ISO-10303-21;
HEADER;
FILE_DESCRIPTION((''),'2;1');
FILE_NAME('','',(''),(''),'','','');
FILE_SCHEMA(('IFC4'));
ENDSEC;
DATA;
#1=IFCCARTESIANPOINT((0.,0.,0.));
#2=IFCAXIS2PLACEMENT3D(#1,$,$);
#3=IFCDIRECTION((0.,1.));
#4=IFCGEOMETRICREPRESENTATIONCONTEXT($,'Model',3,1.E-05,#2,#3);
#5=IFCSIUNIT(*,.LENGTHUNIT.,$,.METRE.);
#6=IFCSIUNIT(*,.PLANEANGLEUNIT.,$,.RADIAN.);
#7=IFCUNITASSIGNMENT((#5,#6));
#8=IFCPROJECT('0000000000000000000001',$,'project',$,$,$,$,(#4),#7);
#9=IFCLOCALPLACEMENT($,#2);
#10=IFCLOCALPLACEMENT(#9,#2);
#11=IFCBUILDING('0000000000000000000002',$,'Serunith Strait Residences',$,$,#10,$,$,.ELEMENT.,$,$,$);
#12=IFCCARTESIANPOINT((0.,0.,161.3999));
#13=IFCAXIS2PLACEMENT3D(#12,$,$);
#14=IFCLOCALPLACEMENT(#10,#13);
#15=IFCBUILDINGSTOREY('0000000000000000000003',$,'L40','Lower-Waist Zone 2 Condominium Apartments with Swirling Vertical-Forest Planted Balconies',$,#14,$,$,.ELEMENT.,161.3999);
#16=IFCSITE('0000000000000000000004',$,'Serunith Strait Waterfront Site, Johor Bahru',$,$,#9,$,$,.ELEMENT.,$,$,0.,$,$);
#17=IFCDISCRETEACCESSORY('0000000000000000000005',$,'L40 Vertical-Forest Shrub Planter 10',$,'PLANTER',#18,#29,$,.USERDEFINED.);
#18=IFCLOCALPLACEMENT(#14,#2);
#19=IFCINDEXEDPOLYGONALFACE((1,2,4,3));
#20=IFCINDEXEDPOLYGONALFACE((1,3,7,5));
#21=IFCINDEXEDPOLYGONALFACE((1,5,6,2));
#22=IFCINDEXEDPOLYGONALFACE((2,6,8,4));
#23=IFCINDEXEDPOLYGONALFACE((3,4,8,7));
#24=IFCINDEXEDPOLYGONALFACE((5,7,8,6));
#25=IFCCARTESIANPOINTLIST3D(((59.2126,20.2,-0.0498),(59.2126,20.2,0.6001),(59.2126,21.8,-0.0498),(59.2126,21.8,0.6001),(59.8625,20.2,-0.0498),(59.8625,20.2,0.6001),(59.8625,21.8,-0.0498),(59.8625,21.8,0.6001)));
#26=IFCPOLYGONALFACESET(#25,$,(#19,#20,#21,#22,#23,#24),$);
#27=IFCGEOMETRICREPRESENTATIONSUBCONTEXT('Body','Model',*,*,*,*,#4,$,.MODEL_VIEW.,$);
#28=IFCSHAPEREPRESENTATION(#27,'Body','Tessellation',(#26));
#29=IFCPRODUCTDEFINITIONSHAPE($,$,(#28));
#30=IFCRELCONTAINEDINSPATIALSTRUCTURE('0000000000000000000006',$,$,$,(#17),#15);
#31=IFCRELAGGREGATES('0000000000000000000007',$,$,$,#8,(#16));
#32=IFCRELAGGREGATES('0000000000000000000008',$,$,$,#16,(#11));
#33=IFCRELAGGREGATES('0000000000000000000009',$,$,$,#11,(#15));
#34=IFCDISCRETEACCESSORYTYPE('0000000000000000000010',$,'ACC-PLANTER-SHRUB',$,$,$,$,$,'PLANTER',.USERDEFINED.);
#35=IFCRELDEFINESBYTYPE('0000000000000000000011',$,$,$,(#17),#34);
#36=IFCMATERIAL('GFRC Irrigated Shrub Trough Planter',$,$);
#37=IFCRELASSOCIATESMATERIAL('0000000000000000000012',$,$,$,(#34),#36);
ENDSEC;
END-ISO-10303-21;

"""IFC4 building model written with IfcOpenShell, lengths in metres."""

from ifc_helpers import new_model, si_unit, direction, frame, origin, origin_2d, place, context, subcontext, project, spatial, rectangle, extrude, source, transform, mapped, material, type_object, element, save


model = new_model("IFC4")

# Units and contexts
model_context = context("Model", 3, precision=1e-05, world=origin(), true_north=direction((0.0, 1.0)))
body_context = subcontext(model_context, "Body", "Model", "MODEL_VIEW")
ifc_project = project(units=[si_unit("LENGTHUNIT", "METRE"), si_unit("PLANEANGLEUNIT", "RADIAN")], contexts=[model_context])

# Site, building, storey
site_placement = place(None, origin())
site = spatial("IfcSite", under=ifc_project, at=site_placement, Name="Serunith Strait Waterfront Site, Johor Bahru", CompositionType="ELEMENT", RefElevation=0.0)
building_placement = place(site_placement, origin())
building = spatial("IfcBuilding", under=site, at=building_placement, Name="Serunith Strait Residences", CompositionType="ELEMENT")
storey_placement = place(building_placement, frame((0.0, 0.0, 161.3999)))
storey = spatial("IfcBuildingStorey", under=building, at=storey_placement, Name="L40", Description="Lower-Waist Zone 2 Condominium Apartments with Swirling Vertical-Forest Planted Balconies", CompositionType="ELEMENT", Elevation=161.3999)

# Discrete accessory
ifc_material_1 = material(Name="GFRC Irrigated Shrub Trough Planter")
discrete_accessory_type = type_object("IfcDiscreteAccessoryType", Name="ACC-PLANTER-SHRUB", ElementType="PLANTER", PredefinedType="USERDEFINED", material=ifc_material_1)
shared_shape_1 = source(origin(), body_context, "Body", "SweptSolid", [
    extrude(rectangle(XDim=1.6001, YDim=0.6499, at=origin_2d()), origin(), (0.0, 0.0, 1.0), 0.6499),
])
discrete_accessory_placement = place(storey_placement, frame((59.5376, 21.0, -0.0498), z_axis=(0.0, 0.0, 1.0), x_axis=(0.0, 1.0, 0.0)))
element("IfcDiscreteAccessory", 1, at=discrete_accessory_placement, inside=storey, type_object=discrete_accessory_type, Name="L40 Vertical-Forest Shrub Planter 10", ObjectType="PLANTER", PredefinedType="USERDEFINED", context=body_context, shape_type="MappedRepresentation", body=[
    mapped(shared_shape_1, transform((0.0, 0.0, 0.0), scale=1.0)),
])

save(model, "model.ifc")
